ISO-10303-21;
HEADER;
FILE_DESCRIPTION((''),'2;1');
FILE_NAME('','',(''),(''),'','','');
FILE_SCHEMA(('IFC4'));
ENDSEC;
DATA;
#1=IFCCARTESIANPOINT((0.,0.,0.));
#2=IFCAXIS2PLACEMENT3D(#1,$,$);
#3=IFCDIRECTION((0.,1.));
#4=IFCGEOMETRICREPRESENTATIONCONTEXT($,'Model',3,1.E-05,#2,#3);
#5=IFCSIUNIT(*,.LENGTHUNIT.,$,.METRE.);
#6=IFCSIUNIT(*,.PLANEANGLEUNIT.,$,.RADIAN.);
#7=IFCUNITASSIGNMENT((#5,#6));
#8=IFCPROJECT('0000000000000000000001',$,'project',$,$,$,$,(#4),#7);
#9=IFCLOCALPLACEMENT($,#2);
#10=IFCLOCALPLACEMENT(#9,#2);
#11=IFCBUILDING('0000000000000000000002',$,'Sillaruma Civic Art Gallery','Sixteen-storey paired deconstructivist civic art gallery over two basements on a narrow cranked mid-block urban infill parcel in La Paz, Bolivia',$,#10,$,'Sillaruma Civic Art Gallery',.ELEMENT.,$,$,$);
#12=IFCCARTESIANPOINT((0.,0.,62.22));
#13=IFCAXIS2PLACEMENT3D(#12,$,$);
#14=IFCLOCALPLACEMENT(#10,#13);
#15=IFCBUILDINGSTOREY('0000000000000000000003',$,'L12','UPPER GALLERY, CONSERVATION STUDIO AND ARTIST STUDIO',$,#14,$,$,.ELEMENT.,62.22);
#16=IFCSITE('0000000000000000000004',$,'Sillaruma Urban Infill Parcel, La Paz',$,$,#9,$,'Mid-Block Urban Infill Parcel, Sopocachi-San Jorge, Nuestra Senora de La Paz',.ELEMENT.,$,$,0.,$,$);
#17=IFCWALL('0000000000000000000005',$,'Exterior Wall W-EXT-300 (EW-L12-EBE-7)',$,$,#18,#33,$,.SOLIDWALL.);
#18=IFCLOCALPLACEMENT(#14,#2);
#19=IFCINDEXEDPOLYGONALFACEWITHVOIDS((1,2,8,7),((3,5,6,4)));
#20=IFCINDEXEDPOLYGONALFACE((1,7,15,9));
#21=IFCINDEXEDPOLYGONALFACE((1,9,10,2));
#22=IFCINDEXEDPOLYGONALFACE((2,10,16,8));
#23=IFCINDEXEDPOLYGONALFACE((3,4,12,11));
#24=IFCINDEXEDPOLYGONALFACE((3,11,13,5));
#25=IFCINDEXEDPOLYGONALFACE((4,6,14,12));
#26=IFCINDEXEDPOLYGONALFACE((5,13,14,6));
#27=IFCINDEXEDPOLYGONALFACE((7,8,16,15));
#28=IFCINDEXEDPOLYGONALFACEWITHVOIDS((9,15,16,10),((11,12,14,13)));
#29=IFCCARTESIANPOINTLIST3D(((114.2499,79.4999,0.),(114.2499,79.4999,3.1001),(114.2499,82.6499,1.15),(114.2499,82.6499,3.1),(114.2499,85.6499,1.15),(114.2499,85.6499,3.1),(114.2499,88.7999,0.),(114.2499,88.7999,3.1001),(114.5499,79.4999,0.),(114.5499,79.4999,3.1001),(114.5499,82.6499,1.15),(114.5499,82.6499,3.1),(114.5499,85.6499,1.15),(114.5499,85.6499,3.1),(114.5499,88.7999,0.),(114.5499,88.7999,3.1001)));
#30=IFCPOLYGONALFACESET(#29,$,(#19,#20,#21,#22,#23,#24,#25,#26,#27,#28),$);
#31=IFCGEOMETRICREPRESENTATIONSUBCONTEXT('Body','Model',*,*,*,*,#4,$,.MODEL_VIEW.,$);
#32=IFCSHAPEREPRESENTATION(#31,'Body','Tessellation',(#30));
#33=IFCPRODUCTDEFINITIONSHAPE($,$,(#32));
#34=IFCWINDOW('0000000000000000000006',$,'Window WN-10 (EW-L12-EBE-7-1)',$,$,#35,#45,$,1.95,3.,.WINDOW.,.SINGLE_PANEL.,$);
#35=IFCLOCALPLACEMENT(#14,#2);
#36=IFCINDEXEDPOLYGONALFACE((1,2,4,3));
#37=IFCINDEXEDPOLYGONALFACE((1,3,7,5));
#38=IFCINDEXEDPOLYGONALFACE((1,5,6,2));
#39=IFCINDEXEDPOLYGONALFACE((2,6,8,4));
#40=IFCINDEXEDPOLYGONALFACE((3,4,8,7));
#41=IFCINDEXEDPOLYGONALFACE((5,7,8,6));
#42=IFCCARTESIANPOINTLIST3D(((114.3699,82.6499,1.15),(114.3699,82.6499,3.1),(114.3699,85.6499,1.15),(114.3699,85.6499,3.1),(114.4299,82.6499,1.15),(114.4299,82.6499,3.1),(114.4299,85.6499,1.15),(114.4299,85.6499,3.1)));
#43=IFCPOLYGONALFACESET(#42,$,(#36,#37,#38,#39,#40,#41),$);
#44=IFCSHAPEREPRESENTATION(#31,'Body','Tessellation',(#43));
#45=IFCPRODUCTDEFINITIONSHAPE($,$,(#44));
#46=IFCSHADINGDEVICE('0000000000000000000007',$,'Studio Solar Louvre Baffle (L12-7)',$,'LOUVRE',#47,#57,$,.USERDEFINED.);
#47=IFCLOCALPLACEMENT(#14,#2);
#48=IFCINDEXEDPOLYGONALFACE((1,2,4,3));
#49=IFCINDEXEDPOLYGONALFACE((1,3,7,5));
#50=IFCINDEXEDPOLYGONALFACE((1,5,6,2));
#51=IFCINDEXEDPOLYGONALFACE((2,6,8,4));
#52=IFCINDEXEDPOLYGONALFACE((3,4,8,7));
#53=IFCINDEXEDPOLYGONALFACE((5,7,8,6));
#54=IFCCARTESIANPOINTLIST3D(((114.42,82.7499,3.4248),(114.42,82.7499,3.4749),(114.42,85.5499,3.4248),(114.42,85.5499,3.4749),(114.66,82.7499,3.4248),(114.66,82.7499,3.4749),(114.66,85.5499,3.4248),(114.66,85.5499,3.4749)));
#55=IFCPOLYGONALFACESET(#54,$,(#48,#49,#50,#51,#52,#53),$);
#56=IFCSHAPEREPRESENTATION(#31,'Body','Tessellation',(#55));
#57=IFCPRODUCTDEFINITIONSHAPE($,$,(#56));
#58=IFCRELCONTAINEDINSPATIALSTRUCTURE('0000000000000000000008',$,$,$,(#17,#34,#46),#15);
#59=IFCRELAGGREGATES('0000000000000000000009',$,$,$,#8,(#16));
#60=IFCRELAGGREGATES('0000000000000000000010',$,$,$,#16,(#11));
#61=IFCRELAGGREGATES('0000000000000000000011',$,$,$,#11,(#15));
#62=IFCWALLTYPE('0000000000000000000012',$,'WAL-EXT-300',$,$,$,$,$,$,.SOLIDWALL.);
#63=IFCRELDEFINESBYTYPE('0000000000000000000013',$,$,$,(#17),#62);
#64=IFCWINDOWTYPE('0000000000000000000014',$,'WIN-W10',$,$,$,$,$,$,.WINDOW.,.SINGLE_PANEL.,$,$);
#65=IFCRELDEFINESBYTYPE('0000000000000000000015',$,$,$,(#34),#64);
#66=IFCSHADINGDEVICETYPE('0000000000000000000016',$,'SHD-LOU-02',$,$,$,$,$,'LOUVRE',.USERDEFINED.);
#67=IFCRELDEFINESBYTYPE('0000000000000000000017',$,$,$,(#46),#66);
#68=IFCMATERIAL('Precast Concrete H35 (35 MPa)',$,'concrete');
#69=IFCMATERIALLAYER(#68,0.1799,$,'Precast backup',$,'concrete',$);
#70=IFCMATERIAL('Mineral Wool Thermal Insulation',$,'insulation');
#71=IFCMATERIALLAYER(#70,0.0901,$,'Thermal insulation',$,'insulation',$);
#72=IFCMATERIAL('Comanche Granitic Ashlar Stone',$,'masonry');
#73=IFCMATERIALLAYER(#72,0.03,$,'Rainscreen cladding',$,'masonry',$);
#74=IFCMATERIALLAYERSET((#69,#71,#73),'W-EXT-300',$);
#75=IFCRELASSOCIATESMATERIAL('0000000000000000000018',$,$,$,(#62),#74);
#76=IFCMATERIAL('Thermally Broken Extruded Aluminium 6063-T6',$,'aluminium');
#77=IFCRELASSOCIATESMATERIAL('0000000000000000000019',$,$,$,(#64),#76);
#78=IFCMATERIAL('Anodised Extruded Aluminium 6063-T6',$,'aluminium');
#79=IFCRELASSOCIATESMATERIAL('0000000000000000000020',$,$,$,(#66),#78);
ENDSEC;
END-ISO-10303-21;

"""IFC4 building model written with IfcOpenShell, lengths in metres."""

from ifc_helpers import new_model, si_unit, direction, frame, frame_2d, origin, origin_2d, place, context, subcontext, project, spatial, rectangle, extrude, material, layer, layer_set, type_object, element, fill, save


model = new_model("IFC4")

# Units and contexts
model_context = context("Model", 3, precision=1e-05, world=origin(), true_north=direction((0.0, 1.0)))
body_context = subcontext(model_context, "Body", "Model", "MODEL_VIEW")
ifc_project = project(units=[si_unit("LENGTHUNIT", "METRE"), si_unit("PLANEANGLEUNIT", "RADIAN")], contexts=[model_context])

# Site, building, storey
site_placement = place(None, origin())
site = spatial("IfcSite", under=ifc_project, at=site_placement, Name="Sillaruma Urban Infill Parcel, La Paz", LongName="Mid-Block Urban Infill Parcel, Sopocachi-San Jorge, Nuestra Senora de La Paz", CompositionType="ELEMENT", RefElevation=0.0)
building_placement = place(site_placement, origin())
building = spatial("IfcBuilding", under=site, at=building_placement, Name="Sillaruma Civic Art Gallery", Description="Sixteen-storey paired deconstructivist civic art gallery over two basements on a narrow cranked mid-block urban infill parcel in La Paz, Bolivia", LongName="Sillaruma Civic Art Gallery", CompositionType="ELEMENT")
storey_placement = place(building_placement, frame((0.0, 0.0, 62.22)))
storey = spatial("IfcBuildingStorey", under=building, at=storey_placement, Name="L12", Description="UPPER GALLERY, CONSERVATION STUDIO AND ARTIST STUDIO", CompositionType="ELEMENT", Elevation=62.22)

# Shared definitions
ifc_material_1 = material(Name="Thermally Broken Extruded Aluminium 6063-T6", Category="aluminium")

# Shared definitions
ifc_material_2 = material(Name="Mineral Wool Thermal Insulation", Category="insulation")

# Wall, opening, window
ifc_material_3 = material(Name="Precast Concrete H35 (35 MPa)", Category="concrete")
ifc_layer_1 = layer(ifc_material_3, 0.1799, Name="Precast backup", Category="concrete")
ifc_layer_2 = layer(ifc_material_2, 0.0901, Name="Thermal insulation", Category="insulation")
ifc_material_4 = material(Name="Comanche Granitic Ashlar Stone", Category="masonry")
ifc_layer_3 = layer(ifc_material_4, 0.03, Name="Rainscreen cladding", Category="masonry")
ifc_layer_set_1 = layer_set([ifc_layer_1, ifc_layer_2, ifc_layer_3], Name="W-EXT-300")
wall_type_1 = type_object("IfcWallType", Name="WAL-EXT-300", PredefinedType="SOLIDWALL", material=ifc_layer_set_1)
wall_1_placement = place(storey_placement, frame((114.3999, 79.5, 0.0), z_axis=(0.0, 0.0, 1.0), x_axis=(0.0, 1.0, 0.0)))
wall_1 = element("IfcWall", 1, at=wall_1_placement, inside=storey, type_object=wall_type_1, Name="Exterior Wall W-EXT-300 (EW-L12-EBE-7)", PredefinedType="SOLIDWALL", context=body_context, shape_type="SweptSolid", body=[
    extrude(rectangle(XDim=9.3, YDim=0.3, at=frame_2d((4.6499, 0.0))), origin(), (0.0, 0.0, 1.0), 3.1001),
])
opening_placement = place(wall_1_placement, frame((3.1499, 0.0, 1.1499)))
opening = element("IfcOpeningElement", 2, at=opening_placement, cuts=wall_1, PredefinedType="OPENING", context=body_context, shape_type="SweptSolid", body=[
    extrude(rectangle(XDim=3.0, YDim=1.95, at=frame_2d((1.5, 0.9751))), frame((0.0, 0.1599, 0.0), z_axis=(0.0, -1.0, 0.0), x_axis=(1.0, 0.0, 0.0)), (0.0, 0.0, 1.0), 0.3201),
])
window_type = type_object("IfcWindowType", Name="WIN-W10", PartitioningType="SINGLE_PANEL", PredefinedType="WINDOW", material=ifc_material_1)
window_placement = place(opening_placement, origin())
window = element("IfcWindow", 3, at=window_placement, inside=storey, type_object=window_type, Name="Window WN-10 (EW-L12-EBE-7-1)", OverallHeight=1.95, OverallWidth=3.0, PartitioningType="SINGLE_PANEL", PredefinedType="WINDOW", context=body_context, shape_type="SweptSolid", body=[
    extrude(rectangle(XDim=3.0, YDim=1.95, at=frame_2d((1.5, 0.9751))), frame((0.0, 0.03, 0.0), z_axis=(0.0, -1.0, 0.0), x_axis=(1.0, 0.0, 0.0)), (0.0, 0.0, 1.0), 0.0601),
])
fill(opening, window)

# Shading device
ifc_material_5 = material(Name="Anodised Extruded Aluminium 6063-T6", Category="aluminium")
shading_device_type = type_object("IfcShadingDeviceType", Name="SHD-LOU-02", ElementType="LOUVRE", PredefinedType="USERDEFINED", material=ifc_material_5)
shading_device_placement = place(storey_placement, frame((114.54, 84.1499, 3.4248), z_axis=(0.0, 0.0, 1.0), x_axis=(0.0, 1.0, 0.0)))
element("IfcShadingDevice", 4, at=shading_device_placement, inside=storey, type_object=shading_device_type, Name="Studio Solar Louvre Baffle (L12-7)", ObjectType="LOUVRE", PredefinedType="USERDEFINED", context=body_context, shape_type="SweptSolid", body=[
    extrude(rectangle(XDim=2.8, YDim=0.24, at=origin_2d()), origin(), (0.0, 0.0, 1.0), 0.05),
])

save(model, "model.ifc")
